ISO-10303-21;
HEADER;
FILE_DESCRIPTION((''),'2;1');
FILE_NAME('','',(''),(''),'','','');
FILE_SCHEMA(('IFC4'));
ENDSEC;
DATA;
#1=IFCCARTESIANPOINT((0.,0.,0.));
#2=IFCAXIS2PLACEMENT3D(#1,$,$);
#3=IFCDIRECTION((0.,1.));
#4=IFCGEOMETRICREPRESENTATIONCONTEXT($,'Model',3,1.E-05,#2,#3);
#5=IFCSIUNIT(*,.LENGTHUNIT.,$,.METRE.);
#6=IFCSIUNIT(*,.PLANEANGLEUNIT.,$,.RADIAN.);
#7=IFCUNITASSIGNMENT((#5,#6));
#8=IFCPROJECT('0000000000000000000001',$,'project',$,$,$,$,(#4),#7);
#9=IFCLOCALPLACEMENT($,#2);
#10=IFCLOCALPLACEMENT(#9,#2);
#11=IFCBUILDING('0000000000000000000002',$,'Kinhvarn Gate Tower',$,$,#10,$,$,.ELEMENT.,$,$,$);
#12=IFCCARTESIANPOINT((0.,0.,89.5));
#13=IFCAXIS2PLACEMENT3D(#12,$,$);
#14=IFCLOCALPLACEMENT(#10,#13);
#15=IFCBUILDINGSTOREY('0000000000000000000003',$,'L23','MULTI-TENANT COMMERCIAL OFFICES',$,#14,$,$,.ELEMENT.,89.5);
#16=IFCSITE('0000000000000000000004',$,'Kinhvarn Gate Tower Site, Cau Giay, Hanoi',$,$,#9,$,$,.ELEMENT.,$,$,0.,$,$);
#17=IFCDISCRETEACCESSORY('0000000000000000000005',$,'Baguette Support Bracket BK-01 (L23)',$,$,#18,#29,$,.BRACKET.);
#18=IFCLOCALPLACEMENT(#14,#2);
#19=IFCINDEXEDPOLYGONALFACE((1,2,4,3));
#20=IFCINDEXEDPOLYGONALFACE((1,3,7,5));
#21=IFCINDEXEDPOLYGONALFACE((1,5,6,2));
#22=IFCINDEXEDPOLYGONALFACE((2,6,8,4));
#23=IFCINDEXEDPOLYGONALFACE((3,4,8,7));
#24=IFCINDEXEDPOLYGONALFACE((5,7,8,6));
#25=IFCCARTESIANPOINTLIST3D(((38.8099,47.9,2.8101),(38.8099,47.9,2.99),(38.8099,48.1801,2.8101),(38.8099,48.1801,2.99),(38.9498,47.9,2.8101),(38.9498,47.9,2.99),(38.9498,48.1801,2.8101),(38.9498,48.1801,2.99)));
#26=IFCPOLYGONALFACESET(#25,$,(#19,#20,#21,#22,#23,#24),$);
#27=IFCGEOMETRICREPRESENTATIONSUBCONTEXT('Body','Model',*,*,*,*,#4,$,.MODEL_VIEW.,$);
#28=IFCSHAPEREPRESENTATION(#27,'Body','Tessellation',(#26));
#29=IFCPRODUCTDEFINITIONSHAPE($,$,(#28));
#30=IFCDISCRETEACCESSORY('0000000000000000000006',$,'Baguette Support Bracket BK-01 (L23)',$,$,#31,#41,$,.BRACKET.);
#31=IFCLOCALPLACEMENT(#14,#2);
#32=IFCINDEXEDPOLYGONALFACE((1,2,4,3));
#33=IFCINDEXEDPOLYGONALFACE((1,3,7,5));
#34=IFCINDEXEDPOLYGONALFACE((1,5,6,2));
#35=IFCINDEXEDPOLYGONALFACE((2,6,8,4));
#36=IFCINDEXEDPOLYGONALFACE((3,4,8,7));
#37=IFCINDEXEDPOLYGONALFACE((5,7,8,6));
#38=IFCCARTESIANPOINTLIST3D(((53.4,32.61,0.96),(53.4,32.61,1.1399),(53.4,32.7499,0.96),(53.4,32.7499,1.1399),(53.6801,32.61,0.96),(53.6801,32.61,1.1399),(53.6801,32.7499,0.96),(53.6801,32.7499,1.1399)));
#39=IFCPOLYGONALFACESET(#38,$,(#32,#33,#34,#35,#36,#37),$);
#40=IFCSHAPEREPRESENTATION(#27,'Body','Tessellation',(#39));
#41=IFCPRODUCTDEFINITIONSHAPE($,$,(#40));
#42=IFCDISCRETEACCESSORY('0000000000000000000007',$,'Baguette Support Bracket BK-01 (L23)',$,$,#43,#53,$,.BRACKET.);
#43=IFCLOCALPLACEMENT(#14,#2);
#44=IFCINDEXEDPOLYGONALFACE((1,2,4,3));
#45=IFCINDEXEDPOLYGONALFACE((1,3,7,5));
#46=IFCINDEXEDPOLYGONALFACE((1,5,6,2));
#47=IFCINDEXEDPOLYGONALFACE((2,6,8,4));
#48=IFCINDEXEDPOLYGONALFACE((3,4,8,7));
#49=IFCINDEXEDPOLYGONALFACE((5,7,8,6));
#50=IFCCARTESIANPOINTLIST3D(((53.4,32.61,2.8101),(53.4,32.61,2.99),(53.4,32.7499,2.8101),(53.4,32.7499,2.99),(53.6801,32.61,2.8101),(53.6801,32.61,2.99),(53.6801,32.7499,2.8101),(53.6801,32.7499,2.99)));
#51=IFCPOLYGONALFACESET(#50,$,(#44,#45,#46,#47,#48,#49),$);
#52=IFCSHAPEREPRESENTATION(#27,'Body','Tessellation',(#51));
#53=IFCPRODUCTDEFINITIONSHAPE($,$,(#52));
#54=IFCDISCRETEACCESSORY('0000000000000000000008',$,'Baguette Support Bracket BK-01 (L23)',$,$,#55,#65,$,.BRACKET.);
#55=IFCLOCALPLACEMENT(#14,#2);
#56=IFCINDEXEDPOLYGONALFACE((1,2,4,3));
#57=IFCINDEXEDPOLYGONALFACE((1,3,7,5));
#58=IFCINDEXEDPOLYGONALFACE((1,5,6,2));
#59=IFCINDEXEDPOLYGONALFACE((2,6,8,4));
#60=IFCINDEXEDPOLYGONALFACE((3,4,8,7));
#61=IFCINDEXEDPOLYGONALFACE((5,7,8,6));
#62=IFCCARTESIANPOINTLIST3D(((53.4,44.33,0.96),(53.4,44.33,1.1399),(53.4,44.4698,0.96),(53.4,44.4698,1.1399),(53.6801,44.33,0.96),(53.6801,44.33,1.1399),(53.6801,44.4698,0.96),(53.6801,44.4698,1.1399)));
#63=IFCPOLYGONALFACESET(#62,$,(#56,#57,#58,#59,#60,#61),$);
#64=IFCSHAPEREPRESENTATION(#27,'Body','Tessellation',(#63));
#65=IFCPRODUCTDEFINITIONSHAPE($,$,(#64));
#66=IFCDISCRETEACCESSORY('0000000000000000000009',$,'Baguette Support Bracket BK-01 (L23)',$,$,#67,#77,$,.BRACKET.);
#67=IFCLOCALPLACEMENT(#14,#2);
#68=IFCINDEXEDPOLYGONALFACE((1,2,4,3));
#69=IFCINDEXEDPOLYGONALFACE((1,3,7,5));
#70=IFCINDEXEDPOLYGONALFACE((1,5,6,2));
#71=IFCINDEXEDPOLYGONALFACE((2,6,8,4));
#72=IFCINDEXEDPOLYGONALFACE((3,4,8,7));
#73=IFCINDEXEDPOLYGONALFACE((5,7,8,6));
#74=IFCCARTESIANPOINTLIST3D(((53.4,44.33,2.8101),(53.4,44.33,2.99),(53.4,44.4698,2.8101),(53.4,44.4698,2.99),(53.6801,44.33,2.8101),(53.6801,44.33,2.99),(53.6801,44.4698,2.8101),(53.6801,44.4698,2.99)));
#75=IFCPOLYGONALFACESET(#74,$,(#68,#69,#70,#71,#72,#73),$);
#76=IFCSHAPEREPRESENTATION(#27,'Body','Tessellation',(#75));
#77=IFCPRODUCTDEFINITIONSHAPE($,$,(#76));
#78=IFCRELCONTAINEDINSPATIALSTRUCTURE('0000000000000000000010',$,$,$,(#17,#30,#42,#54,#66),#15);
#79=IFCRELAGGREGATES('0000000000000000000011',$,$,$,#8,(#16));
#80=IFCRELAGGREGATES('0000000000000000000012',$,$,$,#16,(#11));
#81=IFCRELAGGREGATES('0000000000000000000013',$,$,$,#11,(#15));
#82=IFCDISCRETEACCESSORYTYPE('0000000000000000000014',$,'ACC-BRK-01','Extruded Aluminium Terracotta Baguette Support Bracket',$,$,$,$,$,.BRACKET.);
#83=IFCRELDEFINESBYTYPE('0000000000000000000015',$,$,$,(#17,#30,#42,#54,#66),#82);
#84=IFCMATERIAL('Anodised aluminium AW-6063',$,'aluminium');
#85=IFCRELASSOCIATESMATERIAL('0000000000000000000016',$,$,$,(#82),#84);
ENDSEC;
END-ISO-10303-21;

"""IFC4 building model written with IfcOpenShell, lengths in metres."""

from ifc_helpers import new_model, si_unit, direction, frame, origin, origin_2d, place, context, subcontext, project, spatial, rectangle, extrude, material, type_object, element, save


model = new_model("IFC4")

# Units and contexts
model_context = context("Model", 3, precision=1e-05, world=origin(), true_north=direction((0.0, 1.0)))
body_context = subcontext(model_context, "Body", "Model", "MODEL_VIEW")
ifc_project = project(units=[si_unit("LENGTHUNIT", "METRE"), si_unit("PLANEANGLEUNIT", "RADIAN")], contexts=[model_context])

# Site, building, storey
site_placement = place(None, origin())
site = spatial("IfcSite", under=ifc_project, at=site_placement, Name="Kinhvarn Gate Tower Site, Cau Giay, Hanoi", CompositionType="ELEMENT", RefElevation=0.0)
building_placement = place(site_placement, origin())
building = spatial("IfcBuilding", under=site, at=building_placement, Name="Kinhvarn Gate Tower", CompositionType="ELEMENT")
storey_placement = place(building_placement, frame((0.0, 0.0, 89.5)))
storey = spatial("IfcBuildingStorey", under=building, at=storey_placement, Name="L23", Description="MULTI-TENANT COMMERCIAL OFFICES", CompositionType="ELEMENT", Elevation=89.5)

# Shared definitions
ifc_material_1 = material(Name="Anodised aluminium AW-6063", Category="aluminium")

# Discrete accessories
discrete_accessory_type = type_object("IfcDiscreteAccessoryType", Name="ACC-BRK-01", Description="Extruded Aluminium Terracotta Baguette Support Bracket", PredefinedType="BRACKET", material=ifc_material_1)
for number, where, z_axis, x_axis, name in (
    (1, (38.8799, 48.04, 2.8101), (0.0, 0.0, 1.0), (-1.0, 0.0, 0.0), "Baguette Support Bracket BK-01 (L23)"),
    (2, (53.54, 32.6799, 0.96), (0.0, 0.0, 1.0), (0.0, 1.0, 0.0), "Baguette Support Bracket BK-01 (L23)"),
    (3, (53.54, 32.6799, 2.8101), (0.0, 0.0, 1.0), (0.0, 1.0, 0.0), "Baguette Support Bracket BK-01 (L23)"),
    (4, (53.54, 44.3999, 0.96), (0.0, 0.0, 1.0), (0.0, 1.0, 0.0), "Baguette Support Bracket BK-01 (L23)"),
    (5, (53.54, 44.3999, 2.8101), (0.0, 0.0, 1.0), (0.0, 1.0, 0.0), "Baguette Support Bracket BK-01 (L23)"),
):
    element("IfcDiscreteAccessory", number, at=place(storey_placement, frame(where, z_axis=z_axis, x_axis=x_axis)), inside=storey, type_object=discrete_accessory_type, Name=name, PredefinedType="BRACKET", context=body_context, shape_type="SweptSolid", body=[
        extrude(rectangle(XDim=0.1399, YDim=0.28, at=origin_2d()), origin(), (0.0, 0.0, 1.0), 0.1799),
    ])

save(model, "model.ifc")
